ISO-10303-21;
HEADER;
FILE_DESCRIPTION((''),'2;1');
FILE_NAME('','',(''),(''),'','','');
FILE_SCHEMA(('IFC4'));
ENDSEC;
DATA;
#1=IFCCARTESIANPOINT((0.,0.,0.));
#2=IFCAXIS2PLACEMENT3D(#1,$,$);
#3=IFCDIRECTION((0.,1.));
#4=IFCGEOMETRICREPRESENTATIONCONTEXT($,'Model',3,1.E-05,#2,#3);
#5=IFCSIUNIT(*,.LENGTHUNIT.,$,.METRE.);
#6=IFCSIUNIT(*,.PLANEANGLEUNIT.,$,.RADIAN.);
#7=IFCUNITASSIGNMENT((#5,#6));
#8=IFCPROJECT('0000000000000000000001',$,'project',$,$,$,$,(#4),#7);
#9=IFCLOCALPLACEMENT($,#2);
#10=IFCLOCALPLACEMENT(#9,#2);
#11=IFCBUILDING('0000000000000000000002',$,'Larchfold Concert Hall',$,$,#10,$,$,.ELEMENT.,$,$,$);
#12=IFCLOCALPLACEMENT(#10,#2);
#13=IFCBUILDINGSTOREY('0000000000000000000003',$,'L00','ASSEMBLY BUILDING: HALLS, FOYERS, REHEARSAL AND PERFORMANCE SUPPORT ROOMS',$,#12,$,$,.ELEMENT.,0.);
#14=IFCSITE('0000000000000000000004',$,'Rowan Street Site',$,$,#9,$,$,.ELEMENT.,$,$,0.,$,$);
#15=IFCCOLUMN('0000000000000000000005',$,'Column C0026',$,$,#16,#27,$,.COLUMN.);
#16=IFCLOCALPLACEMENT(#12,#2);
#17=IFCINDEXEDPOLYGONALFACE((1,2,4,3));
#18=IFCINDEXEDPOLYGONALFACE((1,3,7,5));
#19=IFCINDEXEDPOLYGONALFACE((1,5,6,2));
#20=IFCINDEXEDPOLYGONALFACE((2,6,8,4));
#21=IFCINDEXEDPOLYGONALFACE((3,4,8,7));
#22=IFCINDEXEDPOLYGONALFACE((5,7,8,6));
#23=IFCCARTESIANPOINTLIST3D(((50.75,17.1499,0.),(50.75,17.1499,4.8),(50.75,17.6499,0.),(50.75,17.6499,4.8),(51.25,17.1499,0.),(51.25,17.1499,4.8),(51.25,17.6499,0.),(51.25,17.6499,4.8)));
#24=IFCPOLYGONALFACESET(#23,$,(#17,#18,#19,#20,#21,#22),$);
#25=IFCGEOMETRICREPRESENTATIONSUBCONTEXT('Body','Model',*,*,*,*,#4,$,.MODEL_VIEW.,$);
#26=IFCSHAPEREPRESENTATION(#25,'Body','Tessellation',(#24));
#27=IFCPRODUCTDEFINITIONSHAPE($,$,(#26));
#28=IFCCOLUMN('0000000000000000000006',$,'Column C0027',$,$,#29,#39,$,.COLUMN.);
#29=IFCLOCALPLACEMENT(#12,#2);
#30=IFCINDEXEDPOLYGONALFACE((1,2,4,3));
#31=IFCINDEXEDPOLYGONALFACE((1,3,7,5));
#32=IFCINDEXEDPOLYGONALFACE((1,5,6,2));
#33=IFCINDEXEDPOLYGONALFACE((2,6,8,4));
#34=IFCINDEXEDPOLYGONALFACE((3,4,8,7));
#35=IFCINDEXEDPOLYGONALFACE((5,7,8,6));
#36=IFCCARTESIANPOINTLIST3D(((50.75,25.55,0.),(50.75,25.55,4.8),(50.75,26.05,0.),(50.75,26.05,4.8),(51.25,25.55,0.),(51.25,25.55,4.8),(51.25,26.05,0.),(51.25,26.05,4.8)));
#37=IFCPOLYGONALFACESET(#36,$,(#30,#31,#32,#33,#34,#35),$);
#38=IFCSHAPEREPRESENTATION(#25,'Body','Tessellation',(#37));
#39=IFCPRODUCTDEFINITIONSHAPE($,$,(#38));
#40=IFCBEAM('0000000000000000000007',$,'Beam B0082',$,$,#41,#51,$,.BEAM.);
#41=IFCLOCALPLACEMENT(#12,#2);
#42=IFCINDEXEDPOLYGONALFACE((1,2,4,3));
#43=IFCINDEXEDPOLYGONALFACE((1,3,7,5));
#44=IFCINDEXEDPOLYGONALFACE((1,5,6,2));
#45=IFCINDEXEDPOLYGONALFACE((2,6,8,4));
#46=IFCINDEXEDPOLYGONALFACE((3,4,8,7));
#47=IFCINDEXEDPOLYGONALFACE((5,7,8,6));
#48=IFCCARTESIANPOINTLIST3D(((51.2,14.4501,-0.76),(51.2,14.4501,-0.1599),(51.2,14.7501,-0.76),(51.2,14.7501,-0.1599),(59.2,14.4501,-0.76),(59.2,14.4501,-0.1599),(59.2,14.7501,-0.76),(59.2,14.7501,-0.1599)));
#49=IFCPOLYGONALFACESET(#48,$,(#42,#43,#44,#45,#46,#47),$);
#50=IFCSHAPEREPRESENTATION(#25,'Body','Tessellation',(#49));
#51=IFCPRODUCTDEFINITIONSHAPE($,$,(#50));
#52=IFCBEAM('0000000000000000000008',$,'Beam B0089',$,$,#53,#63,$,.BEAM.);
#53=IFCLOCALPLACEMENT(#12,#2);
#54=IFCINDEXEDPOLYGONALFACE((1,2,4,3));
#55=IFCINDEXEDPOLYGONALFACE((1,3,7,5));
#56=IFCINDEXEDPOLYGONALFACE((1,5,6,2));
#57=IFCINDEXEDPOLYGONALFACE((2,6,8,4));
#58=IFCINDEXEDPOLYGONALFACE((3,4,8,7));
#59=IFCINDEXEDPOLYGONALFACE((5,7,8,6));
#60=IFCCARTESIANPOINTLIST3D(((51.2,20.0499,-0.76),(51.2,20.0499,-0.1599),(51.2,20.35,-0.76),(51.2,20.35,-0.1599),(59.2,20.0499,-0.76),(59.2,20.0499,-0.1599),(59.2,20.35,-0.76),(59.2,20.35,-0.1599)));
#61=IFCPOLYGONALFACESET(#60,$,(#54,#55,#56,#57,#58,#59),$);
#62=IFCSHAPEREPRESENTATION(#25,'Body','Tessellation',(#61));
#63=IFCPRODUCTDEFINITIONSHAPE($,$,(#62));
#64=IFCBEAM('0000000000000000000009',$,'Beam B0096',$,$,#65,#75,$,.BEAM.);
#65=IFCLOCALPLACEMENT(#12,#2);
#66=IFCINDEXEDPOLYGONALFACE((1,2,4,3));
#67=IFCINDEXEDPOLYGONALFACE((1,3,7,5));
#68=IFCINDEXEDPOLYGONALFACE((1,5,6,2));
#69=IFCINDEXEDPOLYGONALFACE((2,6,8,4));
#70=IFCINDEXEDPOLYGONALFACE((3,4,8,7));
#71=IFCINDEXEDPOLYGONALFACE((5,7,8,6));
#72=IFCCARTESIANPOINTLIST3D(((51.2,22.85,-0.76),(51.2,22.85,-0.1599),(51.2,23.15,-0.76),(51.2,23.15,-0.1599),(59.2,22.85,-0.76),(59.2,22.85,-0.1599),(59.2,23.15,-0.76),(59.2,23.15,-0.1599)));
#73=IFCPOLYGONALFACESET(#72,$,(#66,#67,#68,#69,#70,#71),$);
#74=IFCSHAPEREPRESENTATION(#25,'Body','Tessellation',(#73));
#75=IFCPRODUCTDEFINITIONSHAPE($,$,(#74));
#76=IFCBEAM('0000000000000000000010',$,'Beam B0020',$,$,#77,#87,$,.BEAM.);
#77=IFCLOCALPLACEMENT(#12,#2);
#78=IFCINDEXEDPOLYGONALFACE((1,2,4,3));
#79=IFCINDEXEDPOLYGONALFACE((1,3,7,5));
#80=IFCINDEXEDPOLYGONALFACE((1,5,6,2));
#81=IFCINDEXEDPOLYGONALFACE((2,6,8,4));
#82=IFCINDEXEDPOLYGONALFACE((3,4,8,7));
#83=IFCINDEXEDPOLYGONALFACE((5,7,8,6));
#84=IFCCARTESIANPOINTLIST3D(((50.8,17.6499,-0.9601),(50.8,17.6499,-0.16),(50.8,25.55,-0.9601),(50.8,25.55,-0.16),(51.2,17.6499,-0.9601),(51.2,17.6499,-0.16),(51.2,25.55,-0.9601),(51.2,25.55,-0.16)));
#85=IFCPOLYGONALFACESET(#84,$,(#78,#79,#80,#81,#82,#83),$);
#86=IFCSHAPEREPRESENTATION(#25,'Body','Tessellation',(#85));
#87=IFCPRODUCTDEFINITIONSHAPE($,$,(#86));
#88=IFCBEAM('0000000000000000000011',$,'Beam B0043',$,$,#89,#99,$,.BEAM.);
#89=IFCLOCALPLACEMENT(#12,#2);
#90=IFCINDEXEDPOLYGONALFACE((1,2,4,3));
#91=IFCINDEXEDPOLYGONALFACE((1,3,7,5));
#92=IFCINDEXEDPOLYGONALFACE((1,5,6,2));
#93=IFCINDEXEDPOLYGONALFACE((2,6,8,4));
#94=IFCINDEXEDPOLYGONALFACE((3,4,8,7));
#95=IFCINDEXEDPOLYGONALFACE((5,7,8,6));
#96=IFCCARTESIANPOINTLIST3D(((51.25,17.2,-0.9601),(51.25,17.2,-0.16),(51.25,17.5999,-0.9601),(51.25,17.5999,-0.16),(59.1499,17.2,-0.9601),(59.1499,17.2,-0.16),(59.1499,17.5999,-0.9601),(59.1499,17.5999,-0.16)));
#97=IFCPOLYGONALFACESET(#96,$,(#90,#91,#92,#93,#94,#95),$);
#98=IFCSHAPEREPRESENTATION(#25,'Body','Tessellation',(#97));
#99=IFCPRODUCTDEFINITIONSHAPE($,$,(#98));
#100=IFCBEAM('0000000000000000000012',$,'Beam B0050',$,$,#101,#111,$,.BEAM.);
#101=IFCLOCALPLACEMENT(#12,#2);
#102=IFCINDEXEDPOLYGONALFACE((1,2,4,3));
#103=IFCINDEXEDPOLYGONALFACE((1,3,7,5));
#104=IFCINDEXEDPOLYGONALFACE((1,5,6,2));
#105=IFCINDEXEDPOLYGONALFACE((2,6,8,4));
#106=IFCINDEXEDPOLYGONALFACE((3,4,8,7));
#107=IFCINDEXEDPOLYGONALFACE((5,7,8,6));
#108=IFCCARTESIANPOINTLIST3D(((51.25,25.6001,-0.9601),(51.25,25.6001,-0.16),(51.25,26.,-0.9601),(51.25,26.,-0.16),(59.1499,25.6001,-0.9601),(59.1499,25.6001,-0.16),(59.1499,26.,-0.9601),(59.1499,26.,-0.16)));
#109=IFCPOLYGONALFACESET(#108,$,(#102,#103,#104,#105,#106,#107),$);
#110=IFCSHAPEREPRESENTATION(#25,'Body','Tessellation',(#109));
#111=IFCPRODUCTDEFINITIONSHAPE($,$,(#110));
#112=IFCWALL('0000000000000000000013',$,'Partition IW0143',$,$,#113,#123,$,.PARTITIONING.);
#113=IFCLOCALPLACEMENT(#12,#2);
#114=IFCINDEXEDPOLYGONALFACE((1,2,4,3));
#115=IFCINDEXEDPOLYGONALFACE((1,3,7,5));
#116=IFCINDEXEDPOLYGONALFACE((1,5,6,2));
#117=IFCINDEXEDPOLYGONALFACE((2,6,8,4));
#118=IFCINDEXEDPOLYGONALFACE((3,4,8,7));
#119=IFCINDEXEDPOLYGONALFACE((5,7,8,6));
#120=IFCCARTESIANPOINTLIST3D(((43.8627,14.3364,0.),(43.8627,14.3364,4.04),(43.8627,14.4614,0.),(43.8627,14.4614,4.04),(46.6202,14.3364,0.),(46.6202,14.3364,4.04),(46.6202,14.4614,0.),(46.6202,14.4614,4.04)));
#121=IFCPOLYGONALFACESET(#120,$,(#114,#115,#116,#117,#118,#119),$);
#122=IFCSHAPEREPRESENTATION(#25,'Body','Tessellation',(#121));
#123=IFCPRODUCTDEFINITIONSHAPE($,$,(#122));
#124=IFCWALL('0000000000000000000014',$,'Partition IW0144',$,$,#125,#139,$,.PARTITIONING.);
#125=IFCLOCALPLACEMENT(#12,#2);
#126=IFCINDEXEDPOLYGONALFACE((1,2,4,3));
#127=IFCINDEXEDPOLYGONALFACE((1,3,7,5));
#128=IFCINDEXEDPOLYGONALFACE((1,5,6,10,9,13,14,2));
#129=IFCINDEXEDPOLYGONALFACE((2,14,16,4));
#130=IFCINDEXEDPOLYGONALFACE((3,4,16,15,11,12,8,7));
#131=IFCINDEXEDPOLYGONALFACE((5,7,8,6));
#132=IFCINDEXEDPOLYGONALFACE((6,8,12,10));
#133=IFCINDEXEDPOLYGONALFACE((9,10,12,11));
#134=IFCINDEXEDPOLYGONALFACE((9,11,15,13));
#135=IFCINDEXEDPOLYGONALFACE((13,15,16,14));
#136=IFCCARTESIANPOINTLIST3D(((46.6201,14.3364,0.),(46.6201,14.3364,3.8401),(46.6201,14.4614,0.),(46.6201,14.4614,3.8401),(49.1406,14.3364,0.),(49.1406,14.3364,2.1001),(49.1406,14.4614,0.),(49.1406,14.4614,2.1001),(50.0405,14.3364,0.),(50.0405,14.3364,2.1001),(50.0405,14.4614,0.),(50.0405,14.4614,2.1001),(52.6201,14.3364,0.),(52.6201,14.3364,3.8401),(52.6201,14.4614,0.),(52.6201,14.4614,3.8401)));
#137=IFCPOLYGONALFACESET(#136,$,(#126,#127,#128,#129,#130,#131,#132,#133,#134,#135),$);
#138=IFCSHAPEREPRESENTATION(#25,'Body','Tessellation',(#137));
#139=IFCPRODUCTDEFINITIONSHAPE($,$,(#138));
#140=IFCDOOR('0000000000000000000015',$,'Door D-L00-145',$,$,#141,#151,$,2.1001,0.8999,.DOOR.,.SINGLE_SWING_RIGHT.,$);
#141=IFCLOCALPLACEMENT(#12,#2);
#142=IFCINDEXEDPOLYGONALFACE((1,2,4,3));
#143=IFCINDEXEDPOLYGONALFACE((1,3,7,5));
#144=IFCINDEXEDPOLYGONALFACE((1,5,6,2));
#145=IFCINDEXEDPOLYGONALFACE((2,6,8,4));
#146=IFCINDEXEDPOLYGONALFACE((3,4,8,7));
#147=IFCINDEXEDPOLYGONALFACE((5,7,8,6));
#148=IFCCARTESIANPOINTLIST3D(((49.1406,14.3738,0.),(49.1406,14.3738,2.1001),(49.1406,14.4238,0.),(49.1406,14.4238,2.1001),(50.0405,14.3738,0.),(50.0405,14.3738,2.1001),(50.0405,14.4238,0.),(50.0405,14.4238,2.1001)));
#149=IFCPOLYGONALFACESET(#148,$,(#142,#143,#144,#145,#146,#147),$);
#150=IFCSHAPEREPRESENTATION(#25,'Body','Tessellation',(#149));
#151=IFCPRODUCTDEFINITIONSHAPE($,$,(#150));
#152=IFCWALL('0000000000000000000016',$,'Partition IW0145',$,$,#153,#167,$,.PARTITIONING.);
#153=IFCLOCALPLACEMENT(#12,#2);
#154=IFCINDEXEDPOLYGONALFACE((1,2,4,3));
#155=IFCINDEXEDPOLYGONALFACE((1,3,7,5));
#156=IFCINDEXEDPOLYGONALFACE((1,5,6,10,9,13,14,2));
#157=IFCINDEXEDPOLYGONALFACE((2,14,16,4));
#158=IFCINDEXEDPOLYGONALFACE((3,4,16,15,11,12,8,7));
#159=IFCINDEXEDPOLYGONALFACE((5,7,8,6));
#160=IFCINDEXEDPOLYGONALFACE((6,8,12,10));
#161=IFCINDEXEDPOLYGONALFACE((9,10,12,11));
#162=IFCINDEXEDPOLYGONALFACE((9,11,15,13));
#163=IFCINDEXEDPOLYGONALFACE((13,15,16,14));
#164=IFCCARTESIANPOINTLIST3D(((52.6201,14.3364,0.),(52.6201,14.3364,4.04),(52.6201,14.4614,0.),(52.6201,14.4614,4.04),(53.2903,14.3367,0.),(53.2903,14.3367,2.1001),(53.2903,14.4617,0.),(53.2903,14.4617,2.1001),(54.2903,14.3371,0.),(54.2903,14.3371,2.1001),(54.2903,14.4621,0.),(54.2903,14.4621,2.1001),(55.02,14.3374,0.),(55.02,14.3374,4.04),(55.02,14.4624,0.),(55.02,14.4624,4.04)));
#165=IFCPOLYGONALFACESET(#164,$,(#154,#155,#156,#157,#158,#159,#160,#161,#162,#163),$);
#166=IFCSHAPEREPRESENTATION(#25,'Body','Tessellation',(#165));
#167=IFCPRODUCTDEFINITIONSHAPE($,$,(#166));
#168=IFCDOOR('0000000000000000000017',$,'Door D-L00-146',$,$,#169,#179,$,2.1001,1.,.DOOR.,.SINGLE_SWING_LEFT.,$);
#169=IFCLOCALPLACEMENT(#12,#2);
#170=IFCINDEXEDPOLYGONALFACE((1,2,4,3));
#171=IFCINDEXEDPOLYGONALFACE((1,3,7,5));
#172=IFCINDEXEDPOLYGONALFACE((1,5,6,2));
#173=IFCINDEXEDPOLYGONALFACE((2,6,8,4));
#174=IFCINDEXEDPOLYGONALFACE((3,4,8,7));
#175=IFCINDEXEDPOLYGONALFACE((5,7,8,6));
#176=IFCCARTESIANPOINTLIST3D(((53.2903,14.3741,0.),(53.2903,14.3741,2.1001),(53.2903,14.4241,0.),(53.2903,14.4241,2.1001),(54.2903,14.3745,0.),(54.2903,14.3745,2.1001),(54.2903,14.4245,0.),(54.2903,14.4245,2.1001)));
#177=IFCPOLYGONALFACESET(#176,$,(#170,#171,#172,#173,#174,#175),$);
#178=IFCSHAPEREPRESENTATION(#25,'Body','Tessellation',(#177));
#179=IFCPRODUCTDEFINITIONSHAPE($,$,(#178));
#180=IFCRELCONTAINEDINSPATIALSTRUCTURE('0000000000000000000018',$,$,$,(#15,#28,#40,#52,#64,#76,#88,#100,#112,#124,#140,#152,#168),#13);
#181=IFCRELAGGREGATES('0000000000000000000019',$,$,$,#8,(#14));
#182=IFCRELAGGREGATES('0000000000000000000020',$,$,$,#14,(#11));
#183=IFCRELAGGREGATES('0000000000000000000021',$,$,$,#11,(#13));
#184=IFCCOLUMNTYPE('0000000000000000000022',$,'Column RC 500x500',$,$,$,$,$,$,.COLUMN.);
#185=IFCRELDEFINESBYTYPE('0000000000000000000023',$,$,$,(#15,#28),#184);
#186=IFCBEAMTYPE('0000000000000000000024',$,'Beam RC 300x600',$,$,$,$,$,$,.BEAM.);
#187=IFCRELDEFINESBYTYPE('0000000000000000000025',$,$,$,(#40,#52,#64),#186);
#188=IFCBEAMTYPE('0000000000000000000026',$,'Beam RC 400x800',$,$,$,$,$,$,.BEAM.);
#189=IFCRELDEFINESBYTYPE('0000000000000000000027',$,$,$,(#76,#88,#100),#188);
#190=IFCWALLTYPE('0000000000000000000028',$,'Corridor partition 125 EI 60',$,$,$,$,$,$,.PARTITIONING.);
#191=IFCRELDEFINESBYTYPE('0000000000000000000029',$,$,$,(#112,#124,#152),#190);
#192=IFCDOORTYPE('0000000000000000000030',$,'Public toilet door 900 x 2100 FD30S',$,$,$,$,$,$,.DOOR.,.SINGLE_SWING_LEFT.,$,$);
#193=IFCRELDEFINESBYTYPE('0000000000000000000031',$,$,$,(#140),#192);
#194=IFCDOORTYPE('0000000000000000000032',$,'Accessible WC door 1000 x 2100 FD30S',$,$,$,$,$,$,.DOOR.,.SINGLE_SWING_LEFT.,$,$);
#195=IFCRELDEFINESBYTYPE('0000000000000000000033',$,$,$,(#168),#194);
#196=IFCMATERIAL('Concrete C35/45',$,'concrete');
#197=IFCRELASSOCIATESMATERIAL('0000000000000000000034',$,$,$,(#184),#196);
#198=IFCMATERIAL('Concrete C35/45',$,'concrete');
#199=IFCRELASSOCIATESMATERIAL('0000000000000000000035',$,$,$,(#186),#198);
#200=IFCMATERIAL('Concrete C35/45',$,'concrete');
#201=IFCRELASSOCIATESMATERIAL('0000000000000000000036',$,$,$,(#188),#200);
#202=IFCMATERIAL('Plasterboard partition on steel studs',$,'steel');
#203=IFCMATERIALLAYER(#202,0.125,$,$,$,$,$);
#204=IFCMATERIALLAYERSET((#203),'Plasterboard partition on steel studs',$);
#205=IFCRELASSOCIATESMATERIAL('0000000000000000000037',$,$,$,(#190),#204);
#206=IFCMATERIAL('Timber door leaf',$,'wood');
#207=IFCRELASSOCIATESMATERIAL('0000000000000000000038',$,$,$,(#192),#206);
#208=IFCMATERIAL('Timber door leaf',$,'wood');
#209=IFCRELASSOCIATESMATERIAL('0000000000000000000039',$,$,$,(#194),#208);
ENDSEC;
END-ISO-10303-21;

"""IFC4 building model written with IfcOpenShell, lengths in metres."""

from ifc_helpers import new_model, si_unit, direction, frame, frame_2d, origin, origin_2d, place, context, subcontext, project, spatial, rectangle, extrude, material, layer, layer_set, material_profile, profile_set, type_object, element, fill, save


model = new_model("IFC4")

# Units and contexts
model_context = context("Model", 3, precision=1e-05, world=origin(), true_north=direction((0.0, 1.0)))
body_context = subcontext(model_context, "Body", "Model", "MODEL_VIEW")
ifc_project = project(units=[si_unit("LENGTHUNIT", "METRE"), si_unit("PLANEANGLEUNIT", "RADIAN")], contexts=[model_context])

# Site, building, storey
site_placement = place(None, origin())
site = spatial("IfcSite", under=ifc_project, at=site_placement, Name="Rowan Street Site", CompositionType="ELEMENT", RefElevation=0.0)
building_placement = place(site_placement, origin())
building = spatial("IfcBuilding", under=site, at=building_placement, Name="Larchfold Concert Hall", CompositionType="ELEMENT")
storey_placement = place(building_placement, origin())
storey = spatial("IfcBuildingStorey", under=building, at=storey_placement, Name="L00", Description="ASSEMBLY BUILDING: HALLS, FOYERS, REHEARSAL AND PERFORMANCE SUPPORT ROOMS", CompositionType="ELEMENT", Elevation=0.0)

# Columns
ifc_material_1 = material(Name="Concrete C35/45", Category="concrete")
ifc_material_profile_1 = material_profile(ifc_material_1, rectangle(XDim=0.5, YDim=0.5, at=origin_2d()))
ifc_profile_set_1 = profile_set([ifc_material_profile_1], Name="Concrete C35/45")
column_type = type_object("IfcColumnType", Name="Column RC 500x500", PredefinedType="COLUMN", material=ifc_profile_set_1)
for number, where, z_axis, x_axis, name in (
    (1, (51.0, 17.3999, 0.0), (0.0, 0.0, 1.0), (1.0, 0.0, 0.0), "Column C0026"),
    (2, (51.0, 25.8, 0.0), (0.0, 0.0, 1.0), (1.0, 0.0, 0.0), "Column C0027"),
):
    element("IfcColumn", number, at=place(storey_placement, frame(where, z_axis=z_axis, x_axis=x_axis)), inside=storey, type_object=column_type, Name=name, PredefinedType="COLUMN", context=body_context, shape_type="SweptSolid", body=[
        extrude(rectangle(XDim=0.5, YDim=0.5, at=origin_2d()), origin(), (0.0, 0.0, 1.0), 4.8),
    ])

# Beams
ifc_material_2 = material(Name="Concrete C35/45", Category="concrete")
ifc_material_profile_2 = material_profile(ifc_material_2, rectangle(XDim=0.3, YDim=0.6001, at=origin_2d()))
ifc_profile_set_2 = profile_set([ifc_material_profile_2], Name="Concrete C35/45")
beam_type_1 = type_object("IfcBeamType", Name="Beam RC 300x600", PredefinedType="BEAM", material=ifc_profile_set_2)
for number, where, z_axis, x_axis, name in (
    (3, (51.2, 14.6001, -0.46), (1.0, 0.0, 0.0), (0.0, 1.0, 0.0), "Beam B0082"),
    (4, (51.2, 20.2, -0.46), (1.0, 0.0, 0.0), (0.0, 1.0, 0.0), "Beam B0089"),
    (5, (51.2, 23.0, -0.46), (1.0, 0.0, 0.0), (0.0, 1.0, 0.0), "Beam B0096"),
):
    element("IfcBeam", number, at=place(storey_placement, frame(where, z_axis=z_axis, x_axis=x_axis)), inside=storey, type_object=beam_type_1, Name=name, PredefinedType="BEAM", context=body_context, shape_type="SweptSolid", body=[
        extrude(rectangle(XDim=0.3, YDim=0.6001, at=origin_2d()), origin(), (0.0, 0.0, 1.0), 8.0),
    ])
ifc_material_3 = material(Name="Concrete C35/45", Category="concrete")
ifc_material_profile_3 = material_profile(ifc_material_3, rectangle(XDim=0.3999, YDim=0.8, at=origin_2d()))
ifc_profile_set_3 = profile_set([ifc_material_profile_3], Name="Concrete C35/45")
beam_type_2 = type_object("IfcBeamType", Name="Beam RC 400x800", PredefinedType="BEAM", material=ifc_profile_set_3)
beam_placement = place(storey_placement, frame((51.0, 17.6499, -0.5601), z_axis=(0.0, 1.0, 0.0), x_axis=(-1.0, 0.0, 0.0)))
element("IfcBeam", 6, at=beam_placement, inside=storey, type_object=beam_type_2, Name="Beam B0020", PredefinedType="BEAM", context=body_context, shape_type="SweptSolid", body=[
    extrude(rectangle(XDim=0.3999, YDim=0.8, at=origin_2d()), origin(), (0.0, 0.0, 1.0), 7.9001),
])
for number, where, z_axis, x_axis, name in (
    (7, (51.25, 17.3999, -0.5601), (1.0, 0.0, 0.0), (0.0, 1.0, 0.0), "Beam B0043"),
    (8, (51.25, 25.8, -0.5601), (1.0, 0.0, 0.0), (0.0, 1.0, 0.0), "Beam B0050"),
):
    element("IfcBeam", number, at=place(storey_placement, frame(where, z_axis=z_axis, x_axis=x_axis)), inside=storey, type_object=beam_type_2, Name=name, PredefinedType="BEAM", context=body_context, shape_type="SweptSolid", body=[
        extrude(rectangle(XDim=0.3999, YDim=0.8, at=origin_2d()), origin(), (0.0, 0.0, 1.0), 7.8999),
    ])

# Wall
ifc_material_4 = material(Name="Plasterboard partition on steel studs", Category="steel")
ifc_layer_1 = layer(ifc_material_4, 0.125)
ifc_layer_set_1 = layer_set([ifc_layer_1], Name="Plasterboard partition on steel studs")
wall_type_1 = type_object("IfcWallType", Name="Corridor partition 125 EI 60", PredefinedType="PARTITIONING", material=ifc_layer_set_1)
wall_1_placement = place(storey_placement, frame((43.8625, 14.3989, 0.0), z_axis=(0.0, 0.0, 1.0), x_axis=(1.0, 0.0, 0.0)))
element("IfcWall", 9, at=wall_1_placement, inside=storey, type_object=wall_type_1, Name="Partition IW0143", PredefinedType="PARTITIONING", context=body_context, shape_type="SweptSolid", body=[
    extrude(rectangle(XDim=2.7576, YDim=0.125, at=frame_2d((1.3789, 0.0))), origin(), (0.0, 0.0, 1.0), 4.04),
])

# Walls, openings, doors
wall_2_placement = place(storey_placement, frame((46.6201, 14.3989, 0.0), z_axis=(0.0, 0.0, 1.0), x_axis=(1.0, 0.0, 0.0)))
wall_2 = element("IfcWall", 10, at=wall_2_placement, inside=storey, type_object=wall_type_1, Name="Partition IW0144", PredefinedType="PARTITIONING", context=body_context, shape_type="SweptSolid", body=[
    extrude(rectangle(XDim=6.0, YDim=0.125, at=frame_2d((3.0, 0.0))), origin(), (0.0, 0.0, 1.0), 3.8401),
])
opening_1_placement = place(wall_2_placement, frame((2.5205, 0.0, 0.0)))
opening_1 = element("IfcOpeningElement", 11, at=opening_1_placement, cuts=wall_2, PredefinedType="OPENING", context=body_context, shape_type="SweptSolid", body=[
    extrude(rectangle(XDim=0.8999, YDim=2.1001, at=frame_2d((0.45, 1.05))), frame((0.0, 0.0725, 0.0), z_axis=(0.0, -1.0, 0.0), x_axis=(1.0, 0.0, 0.0)), (0.0, 0.0, 1.0), 0.145),
])
ifc_material_5 = material(Name="Timber door leaf", Category="wood")
door_type_1 = type_object("IfcDoorType", Name="Public toilet door 900 x 2100 FD30S", OperationType="SINGLE_SWING_LEFT", PredefinedType="DOOR", material=ifc_material_5)
door_1_placement = place(opening_1_placement, origin())
door_1 = element("IfcDoor", 12, at=door_1_placement, inside=storey, type_object=door_type_1, Name="Door D-L00-145", OperationType="SINGLE_SWING_RIGHT", OverallHeight=2.1001, OverallWidth=0.8999, PredefinedType="DOOR", context=body_context, shape_type="SweptSolid", body=[
    extrude(rectangle(XDim=0.8999, YDim=2.1001, at=frame_2d((0.45, 1.05))), frame((0.0, 0.0249, 0.0), z_axis=(0.0, -1.0, 0.0), x_axis=(1.0, 0.0, 0.0)), (0.0, 0.0, 1.0), 0.05),
])
fill(opening_1, door_1)
wall_3_placement = place(storey_placement, frame((52.6201, 14.3989, 0.0), z_axis=(0.0, 0.0, 1.0), x_axis=(1.0, 0.000407, 0.0)))
wall_3 = element("IfcWall", 13, at=wall_3_placement, inside=storey, type_object=wall_type_1, Name="Partition IW0145", PredefinedType="PARTITIONING", context=body_context, shape_type="SweptSolid", body=[
    extrude(rectangle(XDim=2.3999, YDim=0.125, at=frame_2d((1.2, 0.0))), origin(), (0.0, 0.0, 1.0), 4.04),
])
opening_2_placement = place(wall_3_placement, frame((0.6702, 0.0, 0.0)))
opening_2 = element("IfcOpeningElement", 14, at=opening_2_placement, cuts=wall_3, PredefinedType="OPENING", context=body_context, shape_type="SweptSolid", body=[
    extrude(rectangle(XDim=1.0, YDim=2.1001, at=frame_2d((0.5, 1.05))), frame((0.0, 0.0725, 0.0), z_axis=(0.0, -1.0, 0.0), x_axis=(1.0, 0.0, 0.0)), (0.0, 0.0, 1.0), 0.145),
])
ifc_material_6 = material(Name="Timber door leaf", Category="wood")
door_type_2 = type_object("IfcDoorType", Name="Accessible WC door 1000 x 2100 FD30S", OperationType="SINGLE_SWING_LEFT", PredefinedType="DOOR", material=ifc_material_6)
door_2_placement = place(opening_2_placement, origin())
door_2 = element("IfcDoor", 15, at=door_2_placement, inside=storey, type_object=door_type_2, Name="Door D-L00-146", OperationType="SINGLE_SWING_LEFT", OverallHeight=2.1001, OverallWidth=1.0, PredefinedType="DOOR", context=body_context, shape_type="SweptSolid", body=[
    extrude(rectangle(XDim=1.0, YDim=2.1001, at=frame_2d((0.5, 1.05))), frame((0.0, 0.0249, 0.0), z_axis=(0.0, -1.0, 0.0), x_axis=(1.0, 0.0, 0.0)), (0.0, 0.0, 1.0), 0.05),
])
fill(opening_2, door_2)

save(model, "model.ifc")
